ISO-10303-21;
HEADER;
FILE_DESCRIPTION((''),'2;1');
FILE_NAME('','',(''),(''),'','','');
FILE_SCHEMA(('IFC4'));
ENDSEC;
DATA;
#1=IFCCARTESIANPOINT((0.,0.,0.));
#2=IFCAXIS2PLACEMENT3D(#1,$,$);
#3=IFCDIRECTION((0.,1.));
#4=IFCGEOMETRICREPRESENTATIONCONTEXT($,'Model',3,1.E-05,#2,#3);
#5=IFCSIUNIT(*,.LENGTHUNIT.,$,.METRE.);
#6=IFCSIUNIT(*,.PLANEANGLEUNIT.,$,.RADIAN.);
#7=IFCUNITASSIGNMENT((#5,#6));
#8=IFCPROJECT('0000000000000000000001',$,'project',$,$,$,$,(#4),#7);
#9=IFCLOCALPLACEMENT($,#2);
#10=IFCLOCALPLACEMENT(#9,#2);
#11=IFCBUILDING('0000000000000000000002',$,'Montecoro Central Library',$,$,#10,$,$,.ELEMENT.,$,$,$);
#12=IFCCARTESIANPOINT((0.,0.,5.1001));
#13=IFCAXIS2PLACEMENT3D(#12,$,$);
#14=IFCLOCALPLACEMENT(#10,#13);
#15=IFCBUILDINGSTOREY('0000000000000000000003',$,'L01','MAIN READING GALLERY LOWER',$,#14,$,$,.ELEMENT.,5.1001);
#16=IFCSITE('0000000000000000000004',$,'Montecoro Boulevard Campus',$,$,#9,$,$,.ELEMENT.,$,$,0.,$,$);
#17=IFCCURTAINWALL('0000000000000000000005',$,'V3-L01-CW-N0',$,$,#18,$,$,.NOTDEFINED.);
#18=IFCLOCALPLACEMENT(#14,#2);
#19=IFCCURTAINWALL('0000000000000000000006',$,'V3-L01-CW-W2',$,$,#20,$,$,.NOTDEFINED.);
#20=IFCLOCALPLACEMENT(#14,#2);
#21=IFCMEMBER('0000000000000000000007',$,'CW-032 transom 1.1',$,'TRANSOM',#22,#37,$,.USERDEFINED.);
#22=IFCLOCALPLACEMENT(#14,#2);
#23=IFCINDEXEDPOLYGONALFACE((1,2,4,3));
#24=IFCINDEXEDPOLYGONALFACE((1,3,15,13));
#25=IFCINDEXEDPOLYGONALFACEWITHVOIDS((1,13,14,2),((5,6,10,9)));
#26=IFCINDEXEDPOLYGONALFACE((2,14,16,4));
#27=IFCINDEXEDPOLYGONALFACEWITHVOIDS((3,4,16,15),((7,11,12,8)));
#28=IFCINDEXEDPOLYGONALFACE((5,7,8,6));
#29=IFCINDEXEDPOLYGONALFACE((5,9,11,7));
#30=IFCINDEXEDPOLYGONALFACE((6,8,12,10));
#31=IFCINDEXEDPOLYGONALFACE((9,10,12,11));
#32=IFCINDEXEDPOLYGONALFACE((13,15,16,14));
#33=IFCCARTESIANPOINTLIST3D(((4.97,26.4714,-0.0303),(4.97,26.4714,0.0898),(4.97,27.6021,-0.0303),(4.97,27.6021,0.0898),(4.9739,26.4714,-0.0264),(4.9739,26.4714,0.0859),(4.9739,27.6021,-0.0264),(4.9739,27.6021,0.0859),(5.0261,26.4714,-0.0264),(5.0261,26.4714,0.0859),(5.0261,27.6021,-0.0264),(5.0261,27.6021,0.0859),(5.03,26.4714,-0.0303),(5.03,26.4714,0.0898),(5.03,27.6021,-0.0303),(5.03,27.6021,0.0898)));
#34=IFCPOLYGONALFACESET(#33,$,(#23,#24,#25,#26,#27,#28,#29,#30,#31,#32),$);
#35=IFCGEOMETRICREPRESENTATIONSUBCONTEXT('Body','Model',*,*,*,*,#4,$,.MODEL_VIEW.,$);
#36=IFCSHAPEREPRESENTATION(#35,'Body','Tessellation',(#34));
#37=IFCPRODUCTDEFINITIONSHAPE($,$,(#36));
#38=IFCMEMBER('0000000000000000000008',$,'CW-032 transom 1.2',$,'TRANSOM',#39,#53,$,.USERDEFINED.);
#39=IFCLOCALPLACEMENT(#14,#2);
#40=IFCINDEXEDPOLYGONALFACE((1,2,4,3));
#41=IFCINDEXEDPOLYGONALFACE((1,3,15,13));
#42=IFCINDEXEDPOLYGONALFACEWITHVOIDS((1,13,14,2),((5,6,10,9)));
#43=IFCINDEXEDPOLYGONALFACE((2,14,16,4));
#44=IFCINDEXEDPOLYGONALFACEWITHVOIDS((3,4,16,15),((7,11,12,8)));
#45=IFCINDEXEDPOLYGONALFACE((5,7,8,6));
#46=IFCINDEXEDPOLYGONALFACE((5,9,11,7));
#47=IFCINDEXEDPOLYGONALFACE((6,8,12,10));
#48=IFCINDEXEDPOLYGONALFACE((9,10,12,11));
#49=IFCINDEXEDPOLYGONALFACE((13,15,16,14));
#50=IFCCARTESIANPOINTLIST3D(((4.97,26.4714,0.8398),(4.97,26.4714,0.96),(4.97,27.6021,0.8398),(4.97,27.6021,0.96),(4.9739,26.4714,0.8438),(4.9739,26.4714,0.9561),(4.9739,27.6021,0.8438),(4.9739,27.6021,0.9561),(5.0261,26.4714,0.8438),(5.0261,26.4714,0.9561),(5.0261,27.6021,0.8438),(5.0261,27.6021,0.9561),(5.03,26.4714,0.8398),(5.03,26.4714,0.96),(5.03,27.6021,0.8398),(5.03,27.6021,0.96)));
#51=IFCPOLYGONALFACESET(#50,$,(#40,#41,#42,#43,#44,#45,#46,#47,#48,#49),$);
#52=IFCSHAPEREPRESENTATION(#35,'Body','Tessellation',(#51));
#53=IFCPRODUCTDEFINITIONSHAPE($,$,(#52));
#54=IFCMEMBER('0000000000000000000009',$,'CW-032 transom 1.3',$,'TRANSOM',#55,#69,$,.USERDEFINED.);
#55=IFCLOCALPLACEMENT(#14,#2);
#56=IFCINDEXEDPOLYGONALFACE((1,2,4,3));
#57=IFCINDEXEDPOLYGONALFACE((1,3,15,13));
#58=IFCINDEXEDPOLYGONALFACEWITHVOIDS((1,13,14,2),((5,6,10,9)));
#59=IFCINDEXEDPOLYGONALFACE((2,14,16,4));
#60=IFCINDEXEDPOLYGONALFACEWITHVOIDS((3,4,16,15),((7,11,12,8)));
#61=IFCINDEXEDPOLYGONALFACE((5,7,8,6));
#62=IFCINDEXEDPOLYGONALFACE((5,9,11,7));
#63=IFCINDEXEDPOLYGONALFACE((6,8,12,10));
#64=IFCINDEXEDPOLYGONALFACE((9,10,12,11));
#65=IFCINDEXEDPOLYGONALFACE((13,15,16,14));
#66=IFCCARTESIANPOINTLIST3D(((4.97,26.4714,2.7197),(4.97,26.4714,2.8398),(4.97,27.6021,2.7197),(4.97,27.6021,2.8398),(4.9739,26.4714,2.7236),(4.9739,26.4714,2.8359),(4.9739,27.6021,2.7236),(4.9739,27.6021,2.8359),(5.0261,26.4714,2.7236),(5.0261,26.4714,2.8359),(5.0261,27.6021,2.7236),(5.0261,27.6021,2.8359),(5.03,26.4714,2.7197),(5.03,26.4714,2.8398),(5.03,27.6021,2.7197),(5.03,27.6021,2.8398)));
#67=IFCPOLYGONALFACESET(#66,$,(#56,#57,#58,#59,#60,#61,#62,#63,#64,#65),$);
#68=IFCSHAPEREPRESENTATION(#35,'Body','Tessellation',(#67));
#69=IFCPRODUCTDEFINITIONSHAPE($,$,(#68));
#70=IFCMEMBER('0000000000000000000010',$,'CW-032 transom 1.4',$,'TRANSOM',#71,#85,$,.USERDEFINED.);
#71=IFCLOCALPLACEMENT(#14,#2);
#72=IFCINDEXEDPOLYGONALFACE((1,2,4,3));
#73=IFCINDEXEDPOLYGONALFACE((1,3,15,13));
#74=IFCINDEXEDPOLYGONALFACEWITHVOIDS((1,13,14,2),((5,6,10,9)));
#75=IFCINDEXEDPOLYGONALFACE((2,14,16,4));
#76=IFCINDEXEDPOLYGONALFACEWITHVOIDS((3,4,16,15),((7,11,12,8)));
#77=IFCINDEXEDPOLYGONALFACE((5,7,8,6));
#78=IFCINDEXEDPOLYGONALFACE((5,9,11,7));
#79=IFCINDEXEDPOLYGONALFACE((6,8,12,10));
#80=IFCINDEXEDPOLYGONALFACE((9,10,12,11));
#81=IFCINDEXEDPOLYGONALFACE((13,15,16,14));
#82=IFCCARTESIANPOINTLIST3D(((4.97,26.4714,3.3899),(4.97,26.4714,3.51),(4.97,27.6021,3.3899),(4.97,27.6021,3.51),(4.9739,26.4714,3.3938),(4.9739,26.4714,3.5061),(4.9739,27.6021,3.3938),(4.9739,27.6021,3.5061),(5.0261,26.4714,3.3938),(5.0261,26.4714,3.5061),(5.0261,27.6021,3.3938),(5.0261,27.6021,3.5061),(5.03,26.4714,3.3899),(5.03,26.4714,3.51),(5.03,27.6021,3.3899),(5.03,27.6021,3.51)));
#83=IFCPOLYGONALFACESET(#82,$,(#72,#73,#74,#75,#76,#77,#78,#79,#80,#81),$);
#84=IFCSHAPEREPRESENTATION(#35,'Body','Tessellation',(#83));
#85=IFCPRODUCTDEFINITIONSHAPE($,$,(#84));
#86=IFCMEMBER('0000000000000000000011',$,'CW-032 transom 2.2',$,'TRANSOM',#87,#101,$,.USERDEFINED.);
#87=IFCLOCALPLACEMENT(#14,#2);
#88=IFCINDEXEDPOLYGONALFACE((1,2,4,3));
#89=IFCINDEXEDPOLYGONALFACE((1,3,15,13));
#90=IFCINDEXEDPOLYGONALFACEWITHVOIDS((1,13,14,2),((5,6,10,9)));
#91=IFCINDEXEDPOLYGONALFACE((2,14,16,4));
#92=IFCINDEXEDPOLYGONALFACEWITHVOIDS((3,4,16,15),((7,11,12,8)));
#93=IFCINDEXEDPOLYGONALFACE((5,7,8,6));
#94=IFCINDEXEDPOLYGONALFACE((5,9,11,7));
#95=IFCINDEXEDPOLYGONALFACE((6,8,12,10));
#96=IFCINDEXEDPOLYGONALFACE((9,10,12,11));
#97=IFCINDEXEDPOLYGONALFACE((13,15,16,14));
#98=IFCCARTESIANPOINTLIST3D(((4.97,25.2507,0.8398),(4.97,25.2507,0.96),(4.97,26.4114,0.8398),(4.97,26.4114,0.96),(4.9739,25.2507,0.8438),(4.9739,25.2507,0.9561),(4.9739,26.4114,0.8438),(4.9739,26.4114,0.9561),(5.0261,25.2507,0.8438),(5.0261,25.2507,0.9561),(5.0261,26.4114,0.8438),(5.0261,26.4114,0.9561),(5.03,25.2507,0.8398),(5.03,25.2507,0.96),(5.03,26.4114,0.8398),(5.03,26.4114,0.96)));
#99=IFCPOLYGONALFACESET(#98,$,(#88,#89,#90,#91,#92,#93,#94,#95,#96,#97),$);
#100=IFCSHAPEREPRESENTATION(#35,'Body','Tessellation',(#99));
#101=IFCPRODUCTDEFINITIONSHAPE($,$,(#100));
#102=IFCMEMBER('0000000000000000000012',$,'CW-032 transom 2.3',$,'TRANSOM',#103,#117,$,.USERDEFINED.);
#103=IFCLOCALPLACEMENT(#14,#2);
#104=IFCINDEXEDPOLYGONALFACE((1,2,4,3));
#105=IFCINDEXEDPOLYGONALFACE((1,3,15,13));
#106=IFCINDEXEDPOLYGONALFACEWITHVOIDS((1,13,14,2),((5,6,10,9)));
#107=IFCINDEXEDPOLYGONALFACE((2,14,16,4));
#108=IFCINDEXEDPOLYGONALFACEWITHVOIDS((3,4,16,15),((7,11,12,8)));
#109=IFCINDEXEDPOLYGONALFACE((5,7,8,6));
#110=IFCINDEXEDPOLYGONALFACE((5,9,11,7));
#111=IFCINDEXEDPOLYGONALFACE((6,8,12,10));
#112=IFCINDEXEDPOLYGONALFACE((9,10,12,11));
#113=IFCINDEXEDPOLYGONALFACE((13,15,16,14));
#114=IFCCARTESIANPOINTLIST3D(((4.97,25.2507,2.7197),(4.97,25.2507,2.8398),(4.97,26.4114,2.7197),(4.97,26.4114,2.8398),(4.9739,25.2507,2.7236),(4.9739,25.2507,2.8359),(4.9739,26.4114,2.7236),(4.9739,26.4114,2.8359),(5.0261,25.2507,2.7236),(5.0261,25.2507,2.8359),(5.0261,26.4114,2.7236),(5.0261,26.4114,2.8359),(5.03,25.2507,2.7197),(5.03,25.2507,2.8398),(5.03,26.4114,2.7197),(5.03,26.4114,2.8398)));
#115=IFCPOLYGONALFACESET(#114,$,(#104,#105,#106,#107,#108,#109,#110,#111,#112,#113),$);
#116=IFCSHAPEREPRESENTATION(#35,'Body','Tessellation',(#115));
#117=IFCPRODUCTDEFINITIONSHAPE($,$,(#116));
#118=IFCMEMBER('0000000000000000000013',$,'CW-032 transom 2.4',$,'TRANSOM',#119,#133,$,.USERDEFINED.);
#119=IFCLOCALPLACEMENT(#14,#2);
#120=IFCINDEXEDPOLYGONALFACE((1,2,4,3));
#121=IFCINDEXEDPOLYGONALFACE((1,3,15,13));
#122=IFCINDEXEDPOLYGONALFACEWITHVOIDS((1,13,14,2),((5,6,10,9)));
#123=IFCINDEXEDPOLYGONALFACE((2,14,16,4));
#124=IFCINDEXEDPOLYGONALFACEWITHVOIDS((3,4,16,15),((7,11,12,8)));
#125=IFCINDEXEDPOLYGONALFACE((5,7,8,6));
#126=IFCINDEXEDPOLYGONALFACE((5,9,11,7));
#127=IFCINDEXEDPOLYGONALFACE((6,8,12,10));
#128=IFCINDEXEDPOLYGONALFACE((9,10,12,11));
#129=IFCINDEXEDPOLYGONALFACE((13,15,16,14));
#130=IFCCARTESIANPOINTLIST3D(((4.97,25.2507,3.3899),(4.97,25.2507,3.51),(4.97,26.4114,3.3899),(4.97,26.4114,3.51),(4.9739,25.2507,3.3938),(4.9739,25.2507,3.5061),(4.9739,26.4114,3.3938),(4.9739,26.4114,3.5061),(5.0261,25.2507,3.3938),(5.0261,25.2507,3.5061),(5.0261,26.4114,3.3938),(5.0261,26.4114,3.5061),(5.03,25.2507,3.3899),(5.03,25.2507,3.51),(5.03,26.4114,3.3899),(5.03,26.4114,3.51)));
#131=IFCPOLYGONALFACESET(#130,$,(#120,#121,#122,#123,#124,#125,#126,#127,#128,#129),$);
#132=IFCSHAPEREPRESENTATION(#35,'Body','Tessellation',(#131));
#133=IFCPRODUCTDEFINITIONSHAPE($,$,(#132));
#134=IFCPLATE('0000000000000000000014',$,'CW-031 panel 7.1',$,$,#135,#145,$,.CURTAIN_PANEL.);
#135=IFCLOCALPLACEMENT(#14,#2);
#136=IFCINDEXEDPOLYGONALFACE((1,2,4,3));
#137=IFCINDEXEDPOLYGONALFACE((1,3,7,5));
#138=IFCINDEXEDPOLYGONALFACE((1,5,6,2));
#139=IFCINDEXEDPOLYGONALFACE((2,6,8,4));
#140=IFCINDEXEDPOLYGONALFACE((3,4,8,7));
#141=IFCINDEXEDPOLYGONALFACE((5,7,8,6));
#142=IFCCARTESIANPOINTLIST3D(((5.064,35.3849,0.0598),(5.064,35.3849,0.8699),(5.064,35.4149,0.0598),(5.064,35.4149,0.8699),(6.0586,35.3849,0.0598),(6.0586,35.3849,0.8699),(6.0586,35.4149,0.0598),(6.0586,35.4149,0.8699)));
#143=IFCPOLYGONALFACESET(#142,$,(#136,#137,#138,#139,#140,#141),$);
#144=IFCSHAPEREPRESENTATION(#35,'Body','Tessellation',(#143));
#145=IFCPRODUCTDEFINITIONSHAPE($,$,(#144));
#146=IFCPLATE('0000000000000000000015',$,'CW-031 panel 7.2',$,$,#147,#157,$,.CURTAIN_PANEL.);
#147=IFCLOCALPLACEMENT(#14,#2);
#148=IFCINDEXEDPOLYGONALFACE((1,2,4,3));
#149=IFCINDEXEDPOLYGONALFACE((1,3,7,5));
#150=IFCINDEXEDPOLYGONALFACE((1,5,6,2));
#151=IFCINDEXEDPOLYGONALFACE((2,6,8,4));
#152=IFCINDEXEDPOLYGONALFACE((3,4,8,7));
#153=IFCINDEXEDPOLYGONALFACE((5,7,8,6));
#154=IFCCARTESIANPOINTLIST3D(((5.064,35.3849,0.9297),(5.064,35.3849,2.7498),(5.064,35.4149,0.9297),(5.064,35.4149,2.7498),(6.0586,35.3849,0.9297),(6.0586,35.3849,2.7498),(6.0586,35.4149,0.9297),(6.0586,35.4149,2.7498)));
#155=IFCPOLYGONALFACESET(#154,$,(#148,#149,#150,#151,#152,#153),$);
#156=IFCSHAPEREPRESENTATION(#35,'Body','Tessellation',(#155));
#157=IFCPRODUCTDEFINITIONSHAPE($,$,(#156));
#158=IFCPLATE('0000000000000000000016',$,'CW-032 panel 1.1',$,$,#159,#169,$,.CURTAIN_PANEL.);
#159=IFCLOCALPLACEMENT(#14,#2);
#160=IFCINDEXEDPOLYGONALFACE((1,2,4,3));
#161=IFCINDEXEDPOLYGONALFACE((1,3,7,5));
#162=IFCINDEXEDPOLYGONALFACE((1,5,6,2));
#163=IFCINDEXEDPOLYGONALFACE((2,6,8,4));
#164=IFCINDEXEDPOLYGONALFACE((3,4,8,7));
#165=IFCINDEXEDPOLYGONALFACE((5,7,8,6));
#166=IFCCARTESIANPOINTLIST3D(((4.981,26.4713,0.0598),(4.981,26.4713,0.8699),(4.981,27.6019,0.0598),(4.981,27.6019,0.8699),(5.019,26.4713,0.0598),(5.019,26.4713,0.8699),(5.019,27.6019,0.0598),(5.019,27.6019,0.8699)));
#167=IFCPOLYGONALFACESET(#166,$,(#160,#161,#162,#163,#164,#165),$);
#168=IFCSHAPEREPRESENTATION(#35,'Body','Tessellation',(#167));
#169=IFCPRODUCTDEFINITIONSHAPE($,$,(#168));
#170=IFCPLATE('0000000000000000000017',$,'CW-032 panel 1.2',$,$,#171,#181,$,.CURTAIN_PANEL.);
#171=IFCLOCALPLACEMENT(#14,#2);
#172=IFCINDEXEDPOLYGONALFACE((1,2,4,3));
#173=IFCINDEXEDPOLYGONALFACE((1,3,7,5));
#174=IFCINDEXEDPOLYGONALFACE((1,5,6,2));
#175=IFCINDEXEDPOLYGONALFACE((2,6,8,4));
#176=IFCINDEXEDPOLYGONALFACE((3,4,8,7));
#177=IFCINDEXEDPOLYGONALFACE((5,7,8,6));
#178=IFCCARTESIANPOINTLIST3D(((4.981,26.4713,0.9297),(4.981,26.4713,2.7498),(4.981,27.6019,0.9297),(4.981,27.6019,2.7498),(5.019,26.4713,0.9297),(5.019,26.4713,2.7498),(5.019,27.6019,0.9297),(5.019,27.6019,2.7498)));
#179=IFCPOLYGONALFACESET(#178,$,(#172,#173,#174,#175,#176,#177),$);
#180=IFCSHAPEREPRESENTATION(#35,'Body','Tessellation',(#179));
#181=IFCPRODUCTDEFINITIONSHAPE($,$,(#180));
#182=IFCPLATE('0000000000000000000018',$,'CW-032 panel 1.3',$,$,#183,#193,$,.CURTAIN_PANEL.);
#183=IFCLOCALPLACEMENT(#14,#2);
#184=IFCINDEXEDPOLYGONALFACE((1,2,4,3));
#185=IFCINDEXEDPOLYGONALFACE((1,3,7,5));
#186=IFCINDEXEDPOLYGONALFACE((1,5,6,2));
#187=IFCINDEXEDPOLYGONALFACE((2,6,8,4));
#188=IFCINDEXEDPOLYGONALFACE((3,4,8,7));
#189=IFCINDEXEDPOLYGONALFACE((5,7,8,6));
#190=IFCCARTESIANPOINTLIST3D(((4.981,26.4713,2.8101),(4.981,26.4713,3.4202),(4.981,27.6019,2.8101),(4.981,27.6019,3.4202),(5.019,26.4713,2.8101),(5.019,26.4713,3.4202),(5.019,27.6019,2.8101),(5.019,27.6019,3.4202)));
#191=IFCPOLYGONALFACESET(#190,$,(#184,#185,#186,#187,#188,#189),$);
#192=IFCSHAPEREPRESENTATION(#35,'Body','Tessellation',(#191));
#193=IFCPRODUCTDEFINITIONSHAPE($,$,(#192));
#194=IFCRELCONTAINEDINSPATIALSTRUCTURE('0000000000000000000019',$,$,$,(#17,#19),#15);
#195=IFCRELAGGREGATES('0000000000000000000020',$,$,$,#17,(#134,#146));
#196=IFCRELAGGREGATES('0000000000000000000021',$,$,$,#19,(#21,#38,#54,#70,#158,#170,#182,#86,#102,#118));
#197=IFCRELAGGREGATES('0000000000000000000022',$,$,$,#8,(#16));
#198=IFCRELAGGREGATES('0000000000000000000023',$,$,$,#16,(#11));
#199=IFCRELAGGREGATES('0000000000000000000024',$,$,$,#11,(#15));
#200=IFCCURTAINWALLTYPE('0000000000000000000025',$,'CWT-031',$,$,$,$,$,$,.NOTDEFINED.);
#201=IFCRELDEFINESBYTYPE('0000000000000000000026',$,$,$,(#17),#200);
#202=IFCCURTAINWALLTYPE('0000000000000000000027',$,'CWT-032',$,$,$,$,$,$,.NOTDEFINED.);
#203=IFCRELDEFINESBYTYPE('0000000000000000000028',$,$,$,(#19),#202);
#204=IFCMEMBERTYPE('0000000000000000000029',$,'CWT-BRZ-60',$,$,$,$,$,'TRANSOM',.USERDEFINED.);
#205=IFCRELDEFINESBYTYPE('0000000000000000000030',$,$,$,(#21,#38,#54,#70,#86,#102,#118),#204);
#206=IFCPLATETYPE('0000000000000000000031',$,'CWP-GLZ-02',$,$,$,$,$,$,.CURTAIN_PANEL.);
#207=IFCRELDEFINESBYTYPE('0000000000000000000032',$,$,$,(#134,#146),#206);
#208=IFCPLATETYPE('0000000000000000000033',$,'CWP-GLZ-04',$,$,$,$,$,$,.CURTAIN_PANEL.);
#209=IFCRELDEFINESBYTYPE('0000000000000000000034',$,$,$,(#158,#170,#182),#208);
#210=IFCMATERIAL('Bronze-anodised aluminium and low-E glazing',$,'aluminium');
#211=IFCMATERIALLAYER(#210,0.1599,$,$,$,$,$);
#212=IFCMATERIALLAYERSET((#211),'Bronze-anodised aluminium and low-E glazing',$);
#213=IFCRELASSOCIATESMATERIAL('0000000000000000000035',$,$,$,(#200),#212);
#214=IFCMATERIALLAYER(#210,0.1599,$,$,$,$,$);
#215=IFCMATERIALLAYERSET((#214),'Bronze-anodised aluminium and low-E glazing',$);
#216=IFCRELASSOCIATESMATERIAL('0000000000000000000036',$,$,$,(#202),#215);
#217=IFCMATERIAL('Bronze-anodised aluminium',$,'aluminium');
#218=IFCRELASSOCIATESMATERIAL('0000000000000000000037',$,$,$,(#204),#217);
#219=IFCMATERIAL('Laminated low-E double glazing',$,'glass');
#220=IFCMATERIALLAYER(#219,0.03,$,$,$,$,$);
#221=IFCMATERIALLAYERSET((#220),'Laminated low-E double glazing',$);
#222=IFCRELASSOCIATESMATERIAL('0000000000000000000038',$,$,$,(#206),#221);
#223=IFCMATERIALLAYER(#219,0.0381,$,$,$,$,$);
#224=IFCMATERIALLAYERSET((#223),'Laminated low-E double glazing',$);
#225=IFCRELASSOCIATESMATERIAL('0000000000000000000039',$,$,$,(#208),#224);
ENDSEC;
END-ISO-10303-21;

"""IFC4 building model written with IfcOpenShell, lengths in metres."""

from ifc_helpers import new_model, si_unit, direction, frame, origin, origin_2d, place, context, subcontext, project, spatial, rectangle, hollow_rectangle, extrude, material, layer, layer_set, material_profile, profile_set, type_object, element, aggregate, save


model = new_model("IFC4")

# Units and contexts
model_context = context("Model", 3, precision=1e-05, world=origin(), true_north=direction((0.0, 1.0)))
body_context = subcontext(model_context, "Body", "Model", "MODEL_VIEW")
ifc_project = project(units=[si_unit("LENGTHUNIT", "METRE"), si_unit("PLANEANGLEUNIT", "RADIAN")], contexts=[model_context])

# Site, building, storey
site_placement = place(None, origin())
site = spatial("IfcSite", under=ifc_project, at=site_placement, Name="Montecoro Boulevard Campus", CompositionType="ELEMENT", RefElevation=0.0)
building_placement = place(site_placement, origin())
building = spatial("IfcBuilding", under=site, at=building_placement, Name="Montecoro Central Library", CompositionType="ELEMENT")
storey_placement = place(building_placement, frame((0.0, 0.0, 5.1001)))
storey = spatial("IfcBuildingStorey", under=building, at=storey_placement, Name="L01", Description="MAIN READING GALLERY LOWER", CompositionType="ELEMENT", Elevation=5.1001)

# Curtain wall
ifc_material_1 = material(Name="Bronze-anodised aluminium and low-E glazing", Category="aluminium")
ifc_layer_1 = layer(ifc_material_1, 0.1599)
ifc_layer_set_1 = layer_set([ifc_layer_1], Name="Bronze-anodised aluminium and low-E glazing")
curtain_wall_type_1 = type_object("IfcCurtainWallType", Name="CWT-031", PredefinedType="NOTDEFINED", material=ifc_layer_set_1)
curtain_wall_1_placement = place(storey_placement, origin())
curtain_wall_1 = element("IfcCurtainWall", 1, at=curtain_wall_1_placement, inside=storey, type_object=curtain_wall_type_1, Name="V3-L01-CW-N0", PredefinedType="NOTDEFINED")
ifc_material_2 = material(Name="Bronze-anodised aluminium", Category="aluminium")

# Curtain wall, members
ifc_layer_2 = layer(ifc_material_1, 0.1599)
ifc_layer_set_2 = layer_set([ifc_layer_2], Name="Bronze-anodised aluminium and low-E glazing")
curtain_wall_type_2 = type_object("IfcCurtainWallType", Name="CWT-032", PredefinedType="NOTDEFINED", material=ifc_layer_set_2)
curtain_wall_2_placement = place(storey_placement, origin())
curtain_wall_2 = element("IfcCurtainWall", 2, at=curtain_wall_2_placement, inside=storey, type_object=curtain_wall_type_2, Name="V3-L01-CW-W2", PredefinedType="NOTDEFINED")
ifc_material_profile_1 = material_profile(ifc_material_2, hollow_rectangle(XDim=0.0601, YDim=0.1201, WallThickness=0.0039, at=origin_2d()), Name="CWT 120x60x4.0")
ifc_profile_set_1 = profile_set([ifc_material_profile_1], Name="Bronze-anodised aluminium")
member_type_1 = type_object("IfcMemberType", Name="CWT-BRZ-60", ElementType="TRANSOM", PredefinedType="USERDEFINED", material=ifc_profile_set_1)
member_1_placement = place(storey_placement, frame((5.0, 27.6021, 0.0298), z_axis=(0.0, -1.0, 0.0), x_axis=(1.0, 0.0, 0.0)))
member_1 = element("IfcMember", 3, at=member_1_placement, type_object=member_type_1, Name="CW-032 transom 1.1", ObjectType="TRANSOM", PredefinedType="USERDEFINED", context=body_context, shape_type="SweptSolid", body=[
    extrude(hollow_rectangle(XDim=0.0601, YDim=0.1201, WallThickness=0.0039, at=origin_2d()), origin(), (0.0, 0.0, 1.0), 1.1306),
])
member_2_placement = place(storey_placement, frame((5.0, 27.6021, 0.8999), z_axis=(0.0, -1.0, 0.0), x_axis=(1.0, 0.0, 0.0)))
member_2 = element("IfcMember", 4, at=member_2_placement, type_object=member_type_1, Name="CW-032 transom 1.2", ObjectType="TRANSOM", PredefinedType="USERDEFINED", context=body_context, shape_type="SweptSolid", body=[
    extrude(hollow_rectangle(XDim=0.0601, YDim=0.1201, WallThickness=0.0039, at=origin_2d()), origin(), (0.0, 0.0, 1.0), 1.1306),
])
member_3_placement = place(storey_placement, frame((5.0, 27.6021, 2.7798), z_axis=(0.0, -1.0, 0.0), x_axis=(1.0, 0.0, 0.0)))
member_3 = element("IfcMember", 5, at=member_3_placement, type_object=member_type_1, Name="CW-032 transom 1.3", ObjectType="TRANSOM", PredefinedType="USERDEFINED", context=body_context, shape_type="SweptSolid", body=[
    extrude(hollow_rectangle(XDim=0.0601, YDim=0.1201, WallThickness=0.0039, at=origin_2d()), origin(), (0.0, 0.0, 1.0), 1.1306),
])
member_4_placement = place(storey_placement, frame((5.0, 27.6021, 3.45), z_axis=(0.0, -1.0, 0.0), x_axis=(1.0, 0.0, 0.0)))
member_4 = element("IfcMember", 6, at=member_4_placement, type_object=member_type_1, Name="CW-032 transom 1.4", ObjectType="TRANSOM", PredefinedType="USERDEFINED", context=body_context, shape_type="SweptSolid", body=[
    extrude(hollow_rectangle(XDim=0.0601, YDim=0.1201, WallThickness=0.0039, at=origin_2d()), origin(), (0.0, 0.0, 1.0), 1.1306),
])
member_5_placement = place(storey_placement, frame((5.0, 26.4114, 0.8999), z_axis=(0.0, -1.0, 0.0), x_axis=(1.0, 0.0, 0.0)))
member_5 = element("IfcMember", 7, at=member_5_placement, type_object=member_type_1, Name="CW-032 transom 2.2", ObjectType="TRANSOM", PredefinedType="USERDEFINED", context=body_context, shape_type="SweptSolid", body=[
    extrude(hollow_rectangle(XDim=0.0601, YDim=0.1201, WallThickness=0.0039, at=origin_2d()), origin(), (0.0, 0.0, 1.0), 1.1606),
])
member_6_placement = place(storey_placement, frame((5.0, 26.4114, 2.7798), z_axis=(0.0, -1.0, 0.0), x_axis=(1.0, 0.0, 0.0)))
member_6 = element("IfcMember", 8, at=member_6_placement, type_object=member_type_1, Name="CW-032 transom 2.3", ObjectType="TRANSOM", PredefinedType="USERDEFINED", context=body_context, shape_type="SweptSolid", body=[
    extrude(hollow_rectangle(XDim=0.0601, YDim=0.1201, WallThickness=0.0039, at=origin_2d()), origin(), (0.0, 0.0, 1.0), 1.1606),
])
member_7_placement = place(storey_placement, frame((5.0, 26.4114, 3.45), z_axis=(0.0, -1.0, 0.0), x_axis=(1.0, 0.0, 0.0)))
member_7 = element("IfcMember", 9, at=member_7_placement, type_object=member_type_1, Name="CW-032 transom 2.4", ObjectType="TRANSOM", PredefinedType="USERDEFINED", context=body_context, shape_type="SweptSolid", body=[
    extrude(hollow_rectangle(XDim=0.0601, YDim=0.1201, WallThickness=0.0039, at=origin_2d()), origin(), (0.0, 0.0, 1.0), 1.1606),
])

# Plates
ifc_material_3 = material(Name="Laminated low-E double glazing", Category="glass")
ifc_layer_3 = layer(ifc_material_3, 0.03)
ifc_layer_set_3 = layer_set([ifc_layer_3], Name="Laminated low-E double glazing")
plate_type_1 = type_object("IfcPlateType", Name="CWP-GLZ-02", PredefinedType="CURTAIN_PANEL", material=ifc_layer_set_3)
plate_1_placement = place(storey_placement, frame((5.5613, 35.3999, 0.0598), z_axis=(0.0, 0.0, 1.0), x_axis=(-1.0, 0.0, 0.0)))
plate_1 = element("IfcPlate", 10, at=plate_1_placement, type_object=plate_type_1, Name="CW-031 panel 7.1", PredefinedType="CURTAIN_PANEL", context=body_context, shape_type="SweptSolid", body=[
    extrude(rectangle(XDim=0.9946, YDim=0.03, at=origin_2d()), origin(), (0.0, 0.0, 1.0), 0.8101),
])
plate_2_placement = place(storey_placement, frame((5.5613, 35.3999, 0.9297), z_axis=(0.0, 0.0, 1.0), x_axis=(-1.0, 0.0, 0.0)))
plate_2 = element("IfcPlate", 11, at=plate_2_placement, type_object=plate_type_1, Name="CW-031 panel 7.2", PredefinedType="CURTAIN_PANEL", context=body_context, shape_type="SweptSolid", body=[
    extrude(rectangle(XDim=0.9946, YDim=0.03, at=origin_2d()), origin(), (0.0, 0.0, 1.0), 1.8201),
])
aggregate(curtain_wall_1, [plate_1, plate_2])
ifc_layer_4 = layer(ifc_material_3, 0.0381)
ifc_layer_set_4 = layer_set([ifc_layer_4], Name="Laminated low-E double glazing")
plate_type_2 = type_object("IfcPlateType", Name="CWP-GLZ-04", PredefinedType="CURTAIN_PANEL", material=ifc_layer_set_4)
plate_3_placement = place(storey_placement, frame((5.0, 27.0366, 0.0598), z_axis=(0.0, 0.0, 1.0), x_axis=(0.0, -1.0, 0.0)))
plate_3 = element("IfcPlate", 12, at=plate_3_placement, type_object=plate_type_2, Name="CW-032 panel 1.1", PredefinedType="CURTAIN_PANEL", context=body_context, shape_type="SweptSolid", body=[
    extrude(rectangle(XDim=1.1306, YDim=0.0381, at=origin_2d()), origin(), (0.0, 0.0, 1.0), 0.8101),
])
plate_4_placement = place(storey_placement, frame((5.0, 27.0366, 0.9297), z_axis=(0.0, 0.0, 1.0), x_axis=(0.0, -1.0, 0.0)))
plate_4 = element("IfcPlate", 13, at=plate_4_placement, type_object=plate_type_2, Name="CW-032 panel 1.2", PredefinedType="CURTAIN_PANEL", context=body_context, shape_type="SweptSolid", body=[
    extrude(rectangle(XDim=1.1306, YDim=0.0381, at=origin_2d()), origin(), (0.0, 0.0, 1.0), 1.8201),
])
plate_5_placement = place(storey_placement, frame((5.0, 27.0366, 2.8101), z_axis=(0.0, 0.0, 1.0), x_axis=(0.0, -1.0, 0.0)))
plate_5 = element("IfcPlate", 14, at=plate_5_placement, type_object=plate_type_2, Name="CW-032 panel 1.3", PredefinedType="CURTAIN_PANEL", context=body_context, shape_type="SweptSolid", body=[
    extrude(rectangle(XDim=1.1306, YDim=0.0381, at=origin_2d()), origin(), (0.0, 0.0, 1.0), 0.6101),
])
aggregate(curtain_wall_2, [member_1, member_2, member_3, member_4, plate_3, plate_4, plate_5, member_5, member_6, member_7])

save(model, "model.ifc")
